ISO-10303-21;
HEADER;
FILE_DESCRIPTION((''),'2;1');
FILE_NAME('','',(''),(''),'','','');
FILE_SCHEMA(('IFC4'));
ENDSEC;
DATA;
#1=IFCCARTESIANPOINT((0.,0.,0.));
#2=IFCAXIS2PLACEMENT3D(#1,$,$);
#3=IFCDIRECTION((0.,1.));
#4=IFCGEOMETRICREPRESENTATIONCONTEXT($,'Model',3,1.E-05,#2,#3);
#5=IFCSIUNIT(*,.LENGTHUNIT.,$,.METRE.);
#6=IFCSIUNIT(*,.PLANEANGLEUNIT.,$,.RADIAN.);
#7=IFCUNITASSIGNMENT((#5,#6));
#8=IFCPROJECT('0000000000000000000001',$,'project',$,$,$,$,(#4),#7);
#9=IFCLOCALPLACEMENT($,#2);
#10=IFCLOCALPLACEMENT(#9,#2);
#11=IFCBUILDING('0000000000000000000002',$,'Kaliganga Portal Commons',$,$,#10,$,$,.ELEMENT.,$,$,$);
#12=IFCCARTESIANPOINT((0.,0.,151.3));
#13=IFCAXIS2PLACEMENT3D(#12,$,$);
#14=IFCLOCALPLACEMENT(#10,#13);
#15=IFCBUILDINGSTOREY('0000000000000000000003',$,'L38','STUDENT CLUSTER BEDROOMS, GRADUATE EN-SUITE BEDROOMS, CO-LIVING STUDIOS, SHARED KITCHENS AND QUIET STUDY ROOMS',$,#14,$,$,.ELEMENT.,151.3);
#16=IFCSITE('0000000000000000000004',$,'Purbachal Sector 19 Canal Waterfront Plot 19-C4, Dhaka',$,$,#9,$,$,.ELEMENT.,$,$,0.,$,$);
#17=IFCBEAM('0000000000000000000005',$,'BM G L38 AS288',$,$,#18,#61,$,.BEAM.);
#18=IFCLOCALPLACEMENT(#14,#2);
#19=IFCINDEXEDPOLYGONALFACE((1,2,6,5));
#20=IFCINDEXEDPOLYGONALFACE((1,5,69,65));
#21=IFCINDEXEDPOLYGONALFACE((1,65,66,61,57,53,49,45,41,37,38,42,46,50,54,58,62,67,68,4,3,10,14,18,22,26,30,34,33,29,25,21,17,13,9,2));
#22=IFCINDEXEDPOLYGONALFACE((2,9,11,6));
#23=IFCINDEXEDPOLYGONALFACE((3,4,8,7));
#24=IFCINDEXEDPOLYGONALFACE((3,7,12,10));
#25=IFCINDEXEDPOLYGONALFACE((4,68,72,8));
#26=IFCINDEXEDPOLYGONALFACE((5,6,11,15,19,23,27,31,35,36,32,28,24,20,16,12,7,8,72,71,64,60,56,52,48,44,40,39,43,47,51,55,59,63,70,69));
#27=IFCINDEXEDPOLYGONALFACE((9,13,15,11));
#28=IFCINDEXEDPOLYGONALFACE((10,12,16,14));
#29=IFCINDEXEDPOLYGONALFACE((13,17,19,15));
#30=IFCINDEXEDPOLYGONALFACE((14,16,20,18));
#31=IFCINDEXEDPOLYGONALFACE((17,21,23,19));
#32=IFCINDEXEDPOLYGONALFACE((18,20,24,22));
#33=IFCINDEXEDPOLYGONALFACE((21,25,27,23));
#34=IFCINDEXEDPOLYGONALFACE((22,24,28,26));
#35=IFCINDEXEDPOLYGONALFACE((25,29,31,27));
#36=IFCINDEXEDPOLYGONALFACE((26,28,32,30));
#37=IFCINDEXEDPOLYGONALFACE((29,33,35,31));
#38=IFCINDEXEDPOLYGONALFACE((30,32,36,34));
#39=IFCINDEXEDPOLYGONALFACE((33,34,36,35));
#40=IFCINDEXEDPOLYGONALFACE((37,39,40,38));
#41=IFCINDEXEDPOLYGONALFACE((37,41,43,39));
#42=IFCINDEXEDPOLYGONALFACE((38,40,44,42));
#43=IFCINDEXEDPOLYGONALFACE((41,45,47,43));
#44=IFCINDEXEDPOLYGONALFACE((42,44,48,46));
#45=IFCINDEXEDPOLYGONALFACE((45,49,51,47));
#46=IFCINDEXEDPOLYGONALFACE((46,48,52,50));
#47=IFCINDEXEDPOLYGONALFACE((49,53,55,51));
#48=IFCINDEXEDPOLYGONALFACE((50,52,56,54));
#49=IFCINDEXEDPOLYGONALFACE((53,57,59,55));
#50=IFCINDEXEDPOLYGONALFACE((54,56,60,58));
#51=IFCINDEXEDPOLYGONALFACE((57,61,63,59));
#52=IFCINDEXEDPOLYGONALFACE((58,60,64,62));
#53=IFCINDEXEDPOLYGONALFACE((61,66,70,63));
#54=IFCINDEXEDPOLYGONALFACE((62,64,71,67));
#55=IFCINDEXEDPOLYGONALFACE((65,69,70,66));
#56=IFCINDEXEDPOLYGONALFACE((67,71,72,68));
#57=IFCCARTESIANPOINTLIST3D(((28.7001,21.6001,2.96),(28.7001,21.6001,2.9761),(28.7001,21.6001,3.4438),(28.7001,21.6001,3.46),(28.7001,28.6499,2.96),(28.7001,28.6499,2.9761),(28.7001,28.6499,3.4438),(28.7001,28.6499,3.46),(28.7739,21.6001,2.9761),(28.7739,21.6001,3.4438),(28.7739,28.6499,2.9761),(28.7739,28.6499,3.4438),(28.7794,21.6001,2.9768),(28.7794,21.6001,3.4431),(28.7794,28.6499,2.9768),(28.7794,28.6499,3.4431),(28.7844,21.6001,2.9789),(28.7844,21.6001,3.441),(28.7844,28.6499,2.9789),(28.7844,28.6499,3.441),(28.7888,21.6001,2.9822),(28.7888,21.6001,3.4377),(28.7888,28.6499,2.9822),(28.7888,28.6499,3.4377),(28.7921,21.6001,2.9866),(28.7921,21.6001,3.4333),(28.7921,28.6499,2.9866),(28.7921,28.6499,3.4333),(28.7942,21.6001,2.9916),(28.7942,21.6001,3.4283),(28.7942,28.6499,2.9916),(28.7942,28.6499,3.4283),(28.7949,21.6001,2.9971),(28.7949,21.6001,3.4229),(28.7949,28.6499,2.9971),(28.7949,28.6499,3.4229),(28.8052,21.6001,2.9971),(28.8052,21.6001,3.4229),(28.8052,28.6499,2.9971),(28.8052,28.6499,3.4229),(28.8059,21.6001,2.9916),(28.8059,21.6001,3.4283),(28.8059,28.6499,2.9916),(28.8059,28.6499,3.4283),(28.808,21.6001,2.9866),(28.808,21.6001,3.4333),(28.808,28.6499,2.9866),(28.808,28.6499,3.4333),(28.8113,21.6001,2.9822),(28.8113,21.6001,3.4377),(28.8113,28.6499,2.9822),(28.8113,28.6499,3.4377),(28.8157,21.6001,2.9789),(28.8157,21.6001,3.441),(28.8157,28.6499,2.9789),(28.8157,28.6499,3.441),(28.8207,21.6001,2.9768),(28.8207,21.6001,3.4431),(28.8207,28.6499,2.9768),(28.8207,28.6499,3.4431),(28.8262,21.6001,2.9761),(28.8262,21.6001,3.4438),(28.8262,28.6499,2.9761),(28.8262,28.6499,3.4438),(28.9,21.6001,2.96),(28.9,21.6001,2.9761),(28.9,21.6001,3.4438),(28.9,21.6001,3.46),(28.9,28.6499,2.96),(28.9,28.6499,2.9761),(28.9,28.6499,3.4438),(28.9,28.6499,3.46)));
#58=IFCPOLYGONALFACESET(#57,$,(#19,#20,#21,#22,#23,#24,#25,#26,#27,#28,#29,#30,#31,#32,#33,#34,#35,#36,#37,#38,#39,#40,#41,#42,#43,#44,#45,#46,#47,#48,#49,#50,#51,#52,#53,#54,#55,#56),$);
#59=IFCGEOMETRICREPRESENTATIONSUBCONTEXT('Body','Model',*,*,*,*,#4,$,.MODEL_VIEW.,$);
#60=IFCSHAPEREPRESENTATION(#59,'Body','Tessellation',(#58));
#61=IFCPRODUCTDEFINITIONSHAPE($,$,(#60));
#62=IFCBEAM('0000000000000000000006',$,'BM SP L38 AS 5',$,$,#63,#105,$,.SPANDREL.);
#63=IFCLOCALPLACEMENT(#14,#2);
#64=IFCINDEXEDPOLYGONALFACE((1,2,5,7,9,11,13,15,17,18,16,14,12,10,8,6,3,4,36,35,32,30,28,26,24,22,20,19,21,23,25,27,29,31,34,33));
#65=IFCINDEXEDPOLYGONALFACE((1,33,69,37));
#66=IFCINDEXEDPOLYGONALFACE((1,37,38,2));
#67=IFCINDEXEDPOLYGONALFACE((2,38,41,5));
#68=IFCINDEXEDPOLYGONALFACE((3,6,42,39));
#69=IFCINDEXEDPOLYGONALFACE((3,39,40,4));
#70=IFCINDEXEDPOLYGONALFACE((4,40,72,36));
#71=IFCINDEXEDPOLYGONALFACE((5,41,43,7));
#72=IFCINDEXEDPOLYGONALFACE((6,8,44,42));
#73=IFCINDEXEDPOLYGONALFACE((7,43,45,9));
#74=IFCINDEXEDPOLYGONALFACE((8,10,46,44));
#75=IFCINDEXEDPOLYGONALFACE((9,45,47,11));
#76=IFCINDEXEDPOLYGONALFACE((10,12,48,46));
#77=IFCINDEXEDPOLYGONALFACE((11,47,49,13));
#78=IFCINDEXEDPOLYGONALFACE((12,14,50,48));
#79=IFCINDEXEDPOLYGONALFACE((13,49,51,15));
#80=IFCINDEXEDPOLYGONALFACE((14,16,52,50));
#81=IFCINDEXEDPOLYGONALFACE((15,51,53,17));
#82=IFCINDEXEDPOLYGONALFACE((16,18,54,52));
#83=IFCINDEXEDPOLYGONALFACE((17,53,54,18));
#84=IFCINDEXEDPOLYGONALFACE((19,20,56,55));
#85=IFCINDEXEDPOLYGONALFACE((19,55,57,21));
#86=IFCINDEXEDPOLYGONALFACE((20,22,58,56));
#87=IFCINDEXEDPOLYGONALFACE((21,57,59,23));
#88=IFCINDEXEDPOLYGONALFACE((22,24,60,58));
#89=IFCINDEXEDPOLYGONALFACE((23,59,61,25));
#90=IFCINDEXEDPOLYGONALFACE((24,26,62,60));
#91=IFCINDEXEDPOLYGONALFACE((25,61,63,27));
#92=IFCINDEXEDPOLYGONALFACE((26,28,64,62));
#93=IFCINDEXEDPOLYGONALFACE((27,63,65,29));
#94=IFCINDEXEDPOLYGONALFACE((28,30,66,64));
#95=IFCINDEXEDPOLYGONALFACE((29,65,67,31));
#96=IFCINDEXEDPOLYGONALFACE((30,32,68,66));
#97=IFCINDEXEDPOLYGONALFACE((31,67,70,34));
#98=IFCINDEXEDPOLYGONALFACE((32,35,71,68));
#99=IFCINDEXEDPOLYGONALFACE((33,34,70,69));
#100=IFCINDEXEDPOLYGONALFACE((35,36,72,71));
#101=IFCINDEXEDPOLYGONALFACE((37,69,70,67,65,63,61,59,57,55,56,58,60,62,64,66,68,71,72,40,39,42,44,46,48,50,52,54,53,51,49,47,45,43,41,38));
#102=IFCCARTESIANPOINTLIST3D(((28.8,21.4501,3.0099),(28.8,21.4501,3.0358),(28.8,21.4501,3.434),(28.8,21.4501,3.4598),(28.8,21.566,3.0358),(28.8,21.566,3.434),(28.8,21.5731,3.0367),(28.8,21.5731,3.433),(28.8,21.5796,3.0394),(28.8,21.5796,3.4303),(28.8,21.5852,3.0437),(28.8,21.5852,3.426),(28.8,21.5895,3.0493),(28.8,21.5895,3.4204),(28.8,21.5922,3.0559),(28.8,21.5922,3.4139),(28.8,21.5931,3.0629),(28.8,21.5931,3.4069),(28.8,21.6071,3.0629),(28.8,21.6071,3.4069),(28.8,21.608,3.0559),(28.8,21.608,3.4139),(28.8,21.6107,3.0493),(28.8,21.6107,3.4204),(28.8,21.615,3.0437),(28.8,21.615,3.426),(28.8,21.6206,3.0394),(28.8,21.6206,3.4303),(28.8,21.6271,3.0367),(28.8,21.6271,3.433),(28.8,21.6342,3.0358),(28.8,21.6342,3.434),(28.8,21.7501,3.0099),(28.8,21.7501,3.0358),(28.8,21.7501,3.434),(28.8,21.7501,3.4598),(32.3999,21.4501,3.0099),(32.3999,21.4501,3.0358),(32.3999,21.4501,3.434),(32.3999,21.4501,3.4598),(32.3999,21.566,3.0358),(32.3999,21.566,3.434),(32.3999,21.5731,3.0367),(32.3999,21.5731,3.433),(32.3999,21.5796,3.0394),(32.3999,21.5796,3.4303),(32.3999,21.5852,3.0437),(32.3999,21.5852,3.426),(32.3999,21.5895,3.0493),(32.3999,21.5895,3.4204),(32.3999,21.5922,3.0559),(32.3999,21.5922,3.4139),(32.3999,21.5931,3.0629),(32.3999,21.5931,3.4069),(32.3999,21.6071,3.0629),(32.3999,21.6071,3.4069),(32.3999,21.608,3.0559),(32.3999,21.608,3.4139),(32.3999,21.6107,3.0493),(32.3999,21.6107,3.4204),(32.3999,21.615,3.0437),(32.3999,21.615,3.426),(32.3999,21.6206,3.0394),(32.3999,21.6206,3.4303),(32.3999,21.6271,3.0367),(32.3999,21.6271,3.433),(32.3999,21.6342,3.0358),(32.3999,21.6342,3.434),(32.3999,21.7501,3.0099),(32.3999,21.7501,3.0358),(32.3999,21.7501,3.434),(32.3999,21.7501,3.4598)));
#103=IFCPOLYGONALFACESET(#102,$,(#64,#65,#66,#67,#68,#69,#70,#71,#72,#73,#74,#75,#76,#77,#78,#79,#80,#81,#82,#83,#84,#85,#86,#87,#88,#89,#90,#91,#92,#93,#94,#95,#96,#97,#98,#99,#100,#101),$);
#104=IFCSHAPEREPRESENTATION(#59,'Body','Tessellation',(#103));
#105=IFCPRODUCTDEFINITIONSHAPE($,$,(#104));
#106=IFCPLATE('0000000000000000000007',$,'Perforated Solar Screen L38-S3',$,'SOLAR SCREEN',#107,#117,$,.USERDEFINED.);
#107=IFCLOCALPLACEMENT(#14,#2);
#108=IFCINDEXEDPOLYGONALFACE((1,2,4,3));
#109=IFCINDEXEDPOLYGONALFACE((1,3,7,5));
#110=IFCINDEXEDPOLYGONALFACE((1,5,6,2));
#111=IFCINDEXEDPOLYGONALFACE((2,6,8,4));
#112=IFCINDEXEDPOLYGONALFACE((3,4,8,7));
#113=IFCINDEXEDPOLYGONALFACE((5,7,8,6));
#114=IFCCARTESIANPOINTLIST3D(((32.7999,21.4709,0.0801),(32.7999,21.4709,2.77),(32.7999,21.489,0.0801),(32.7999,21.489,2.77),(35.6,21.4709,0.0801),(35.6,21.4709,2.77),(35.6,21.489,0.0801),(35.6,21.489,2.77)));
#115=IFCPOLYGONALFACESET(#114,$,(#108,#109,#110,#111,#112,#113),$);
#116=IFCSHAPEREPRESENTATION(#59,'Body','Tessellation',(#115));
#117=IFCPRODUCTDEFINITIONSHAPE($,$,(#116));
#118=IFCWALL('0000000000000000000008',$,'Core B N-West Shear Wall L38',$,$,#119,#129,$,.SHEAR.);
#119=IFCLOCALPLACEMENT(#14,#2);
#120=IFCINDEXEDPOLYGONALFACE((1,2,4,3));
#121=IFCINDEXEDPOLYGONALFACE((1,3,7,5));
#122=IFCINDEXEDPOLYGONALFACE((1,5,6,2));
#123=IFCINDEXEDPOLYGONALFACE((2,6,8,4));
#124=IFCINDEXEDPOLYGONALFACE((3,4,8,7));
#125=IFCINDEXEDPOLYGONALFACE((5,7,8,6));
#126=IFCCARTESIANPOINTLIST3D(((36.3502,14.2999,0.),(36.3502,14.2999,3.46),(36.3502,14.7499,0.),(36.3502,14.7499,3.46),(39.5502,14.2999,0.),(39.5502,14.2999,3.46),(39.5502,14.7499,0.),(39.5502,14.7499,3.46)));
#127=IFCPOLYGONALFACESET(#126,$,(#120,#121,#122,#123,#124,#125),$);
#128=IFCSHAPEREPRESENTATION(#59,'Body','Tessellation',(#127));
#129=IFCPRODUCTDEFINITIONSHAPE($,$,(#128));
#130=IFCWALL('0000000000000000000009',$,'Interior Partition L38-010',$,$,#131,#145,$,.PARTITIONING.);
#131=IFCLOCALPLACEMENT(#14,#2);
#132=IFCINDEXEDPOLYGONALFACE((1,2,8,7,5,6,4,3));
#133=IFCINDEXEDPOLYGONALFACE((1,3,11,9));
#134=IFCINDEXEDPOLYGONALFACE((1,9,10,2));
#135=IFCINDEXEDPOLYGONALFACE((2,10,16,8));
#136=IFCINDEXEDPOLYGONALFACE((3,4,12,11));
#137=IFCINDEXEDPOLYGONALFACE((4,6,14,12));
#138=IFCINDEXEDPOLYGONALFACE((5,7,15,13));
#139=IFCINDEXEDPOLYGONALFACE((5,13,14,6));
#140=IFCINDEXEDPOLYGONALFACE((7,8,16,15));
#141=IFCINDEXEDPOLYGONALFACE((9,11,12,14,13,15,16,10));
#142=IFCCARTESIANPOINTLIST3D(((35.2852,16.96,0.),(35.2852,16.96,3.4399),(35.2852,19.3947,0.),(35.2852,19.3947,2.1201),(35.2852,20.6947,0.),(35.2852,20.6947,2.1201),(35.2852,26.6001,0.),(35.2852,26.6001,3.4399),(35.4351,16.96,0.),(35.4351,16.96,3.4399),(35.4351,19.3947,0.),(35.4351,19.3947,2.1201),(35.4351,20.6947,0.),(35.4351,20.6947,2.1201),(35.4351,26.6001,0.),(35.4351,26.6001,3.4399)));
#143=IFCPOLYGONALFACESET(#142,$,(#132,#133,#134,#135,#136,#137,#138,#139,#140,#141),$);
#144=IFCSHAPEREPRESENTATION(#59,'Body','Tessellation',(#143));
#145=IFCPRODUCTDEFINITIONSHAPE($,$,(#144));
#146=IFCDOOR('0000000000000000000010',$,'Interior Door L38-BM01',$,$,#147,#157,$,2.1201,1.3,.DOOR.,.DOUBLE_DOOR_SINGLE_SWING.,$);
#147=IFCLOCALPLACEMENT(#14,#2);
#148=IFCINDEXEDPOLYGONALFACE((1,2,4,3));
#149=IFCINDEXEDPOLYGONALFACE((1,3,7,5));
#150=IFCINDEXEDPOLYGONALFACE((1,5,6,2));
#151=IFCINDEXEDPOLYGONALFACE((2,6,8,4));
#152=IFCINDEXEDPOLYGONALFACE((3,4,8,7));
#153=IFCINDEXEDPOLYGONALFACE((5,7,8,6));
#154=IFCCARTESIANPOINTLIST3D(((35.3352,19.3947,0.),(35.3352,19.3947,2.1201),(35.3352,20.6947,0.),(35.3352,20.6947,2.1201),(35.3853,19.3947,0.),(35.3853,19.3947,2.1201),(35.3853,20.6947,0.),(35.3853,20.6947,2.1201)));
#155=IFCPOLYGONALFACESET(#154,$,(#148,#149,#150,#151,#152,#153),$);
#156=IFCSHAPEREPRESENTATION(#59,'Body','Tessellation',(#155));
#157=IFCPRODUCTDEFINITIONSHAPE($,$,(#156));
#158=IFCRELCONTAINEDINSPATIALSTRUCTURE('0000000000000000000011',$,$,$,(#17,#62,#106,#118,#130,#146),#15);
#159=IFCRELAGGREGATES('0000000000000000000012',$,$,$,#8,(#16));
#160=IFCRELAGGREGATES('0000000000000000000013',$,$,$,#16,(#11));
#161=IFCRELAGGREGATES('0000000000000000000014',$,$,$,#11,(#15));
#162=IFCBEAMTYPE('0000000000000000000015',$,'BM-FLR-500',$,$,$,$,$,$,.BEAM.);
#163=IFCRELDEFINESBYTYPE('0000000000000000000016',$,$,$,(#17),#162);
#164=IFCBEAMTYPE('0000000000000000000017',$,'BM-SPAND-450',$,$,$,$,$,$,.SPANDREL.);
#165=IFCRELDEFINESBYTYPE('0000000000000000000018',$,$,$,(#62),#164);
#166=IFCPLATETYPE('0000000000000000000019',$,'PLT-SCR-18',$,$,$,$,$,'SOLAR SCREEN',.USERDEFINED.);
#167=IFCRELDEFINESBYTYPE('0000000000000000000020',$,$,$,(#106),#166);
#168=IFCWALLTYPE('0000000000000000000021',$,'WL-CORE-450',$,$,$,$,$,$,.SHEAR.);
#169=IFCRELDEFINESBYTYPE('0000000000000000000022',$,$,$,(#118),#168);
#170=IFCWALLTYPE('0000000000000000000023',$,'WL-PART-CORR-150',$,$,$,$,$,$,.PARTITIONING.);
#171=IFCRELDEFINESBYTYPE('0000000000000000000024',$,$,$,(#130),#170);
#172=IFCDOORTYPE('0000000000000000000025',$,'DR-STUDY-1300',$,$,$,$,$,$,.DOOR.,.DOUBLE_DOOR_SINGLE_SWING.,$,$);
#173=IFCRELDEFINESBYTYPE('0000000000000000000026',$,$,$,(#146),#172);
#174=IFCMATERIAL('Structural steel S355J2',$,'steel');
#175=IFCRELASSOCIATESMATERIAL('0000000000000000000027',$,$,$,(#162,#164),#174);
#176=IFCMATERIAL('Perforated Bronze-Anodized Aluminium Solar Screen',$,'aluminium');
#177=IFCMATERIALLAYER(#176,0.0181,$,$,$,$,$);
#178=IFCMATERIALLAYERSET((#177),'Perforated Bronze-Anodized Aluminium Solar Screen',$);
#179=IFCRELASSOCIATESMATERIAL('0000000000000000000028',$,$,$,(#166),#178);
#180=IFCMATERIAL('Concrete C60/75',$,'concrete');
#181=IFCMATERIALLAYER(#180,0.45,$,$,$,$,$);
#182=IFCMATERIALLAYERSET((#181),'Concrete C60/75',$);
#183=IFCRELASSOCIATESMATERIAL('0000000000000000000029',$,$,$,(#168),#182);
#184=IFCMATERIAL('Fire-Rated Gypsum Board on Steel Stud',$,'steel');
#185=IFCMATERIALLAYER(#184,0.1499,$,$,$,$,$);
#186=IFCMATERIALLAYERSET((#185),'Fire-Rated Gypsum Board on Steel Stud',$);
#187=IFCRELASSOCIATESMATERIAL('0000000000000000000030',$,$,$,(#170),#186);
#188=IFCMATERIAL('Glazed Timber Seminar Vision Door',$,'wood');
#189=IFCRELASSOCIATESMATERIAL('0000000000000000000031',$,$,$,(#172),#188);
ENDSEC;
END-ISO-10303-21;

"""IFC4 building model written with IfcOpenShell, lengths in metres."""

from ifc_helpers import new_model, si_unit, direction, frame, frame_2d, origin, origin_2d, place, context, subcontext, project, spatial, rectangle, i_section, extrude, source, transform, mapped, material, layer, layer_set, material_profile, profile_set, type_object, element, fill, save


model = new_model("IFC4")

# Units and contexts
model_context = context("Model", 3, precision=1e-05, world=origin(), true_north=direction((0.0, 1.0)))
body_context = subcontext(model_context, "Body", "Model", "MODEL_VIEW")
ifc_project = project(units=[si_unit("LENGTHUNIT", "METRE"), si_unit("PLANEANGLEUNIT", "RADIAN")], contexts=[model_context])

# Site, building, storey
site_placement = place(None, origin())
site = spatial("IfcSite", under=ifc_project, at=site_placement, Name="Purbachal Sector 19 Canal Waterfront Plot 19-C4, Dhaka", CompositionType="ELEMENT", RefElevation=0.0)
building_placement = place(site_placement, origin())
building = spatial("IfcBuilding", under=site, at=building_placement, Name="Kaliganga Portal Commons", CompositionType="ELEMENT")
storey_placement = place(building_placement, frame((0.0, 0.0, 151.3)))
storey = spatial("IfcBuildingStorey", under=building, at=storey_placement, Name="L38", Description="STUDENT CLUSTER BEDROOMS, GRADUATE EN-SUITE BEDROOMS, CO-LIVING STUDIOS, SHARED KITCHENS AND QUIET STUDY ROOMS", CompositionType="ELEMENT", Elevation=151.3)

# Shared definitions
ifc_material_1 = material(Name="Concrete C60/75", Category="concrete")

# Beams
ifc_material_2 = material(Name="Structural steel S355J2", Category="steel")
ifc_material_profile_1 = material_profile(ifc_material_2, i_section(OverallWidth=0.2, OverallDepth=0.5, WebThickness=0.0103, FlangeThickness=0.0161, FilletRadius=0.021, at=origin_2d()), Name="IPE 500")
ifc_profile_set_1 = profile_set([ifc_material_profile_1], Name="Structural steel S355J2 wide-flange")
beam_type_1 = type_object("IfcBeamType", Name="BM-FLR-500", PredefinedType="BEAM", material=ifc_profile_set_1)
shared_shape_1 = source(origin(), body_context, "Body", "SweptSolid", [
    extrude(i_section(OverallWidth=0.2, OverallDepth=0.5, WebThickness=0.0103, FlangeThickness=0.0161, FilletRadius=0.021, at=origin_2d()), origin(), (0.0, 0.0, 1.0), 7.0498),
])
beam_1_placement = place(storey_placement, frame((28.8, 21.6001, 3.21), z_axis=(0.0, 1.0, 0.0), x_axis=(-1.0, 0.0, 0.0)))
element("IfcBeam", 1, at=beam_1_placement, inside=storey, type_object=beam_type_1, Name="BM G L38 AS288", PredefinedType="BEAM", context=body_context, shape_type="MappedRepresentation", body=[
    mapped(shared_shape_1, transform((0.0, 0.0, 0.0), x_axis=(1.0, 0.0, 0.0), y_axis=(0.0, 1.0, 0.0), z_axis=(0.0, 0.0, 1.0), scale=1.0)),
])
ifc_material_profile_2 = material_profile(ifc_material_2, i_section(OverallWidth=0.3, OverallDepth=0.45, WebThickness=0.0139, FlangeThickness=0.0259, FilletRadius=0.0271, at=origin_2d()), Name="HE 450 B")
ifc_profile_set_2 = profile_set([ifc_material_profile_2], Name="Structural steel S355J2 wide-flange")
beam_type_2 = type_object("IfcBeamType", Name="BM-SPAND-450", PredefinedType="SPANDREL", material=ifc_profile_set_2)
shared_shape_2 = source(origin(), body_context, "Body", "SweptSolid", [
    extrude(i_section(OverallWidth=0.3, OverallDepth=0.45, WebThickness=0.0139, FlangeThickness=0.0259, FilletRadius=0.0271, at=origin_2d()), origin(), (0.0, 0.0, 1.0), 3.5999),
])
beam_2_placement = place(storey_placement, frame((28.8, 21.6001, 3.2349), z_axis=(1.0, 0.0, 0.0), x_axis=(0.0, 1.0, 0.0)))
element("IfcBeam", 2, at=beam_2_placement, inside=storey, type_object=beam_type_2, Name="BM SP L38 AS 5", PredefinedType="SPANDREL", context=body_context, shape_type="MappedRepresentation", body=[
    mapped(shared_shape_2, transform((0.0, 0.0, 0.0), x_axis=(1.0, 0.0, 0.0), y_axis=(0.0, 1.0, 0.0), z_axis=(0.0, 0.0, 1.0), scale=1.0)),
])

# Plate
ifc_material_3 = material(Name="Perforated Bronze-Anodized Aluminium Solar Screen", Category="aluminium")
ifc_layer_1 = layer(ifc_material_3, 0.0181)
ifc_layer_set_1 = layer_set([ifc_layer_1], Name="Perforated Bronze-Anodized Aluminium Solar Screen")
plate_type = type_object("IfcPlateType", Name="PLT-SCR-18", ElementType="SOLAR SCREEN", PredefinedType="USERDEFINED", material=ifc_layer_set_1)
shared_shape_3 = source(origin(), body_context, "Body", "SweptSolid", [
    extrude(rectangle(XDim=2.8, YDim=0.0181, at=origin_2d()), origin(), (0.0, 0.0, 1.0), 2.6899),
])
plate_placement = place(storey_placement, frame((34.2, 21.48, 0.0801), z_axis=(0.0, 0.0, 1.0), x_axis=(1.0, 0.0, 0.0)))
element("IfcPlate", 3, at=plate_placement, inside=storey, type_object=plate_type, Name="Perforated Solar Screen L38-S3", ObjectType="SOLAR SCREEN", PredefinedType="USERDEFINED", context=body_context, shape_type="MappedRepresentation", body=[
    mapped(shared_shape_3, transform((0.0, 0.0, 0.0), x_axis=(1.0, 0.0, 0.0), y_axis=(0.0, 1.0, 0.0), z_axis=(0.0, 0.0, 1.0), scale=1.0)),
])

# Wall
ifc_layer_2 = layer(ifc_material_1, 0.45)
ifc_layer_set_2 = layer_set([ifc_layer_2], Name="Concrete C60/75")
wall_type_1 = type_object("IfcWallType", Name="WL-CORE-450", PredefinedType="SHEAR", material=ifc_layer_set_2)
wall_1_placement = place(storey_placement, frame((36.3501, 14.5249, 0.0), z_axis=(0.0, 0.0, 1.0), x_axis=(1.0, 0.0, 0.0)))
element("IfcWall", 4, at=wall_1_placement, inside=storey, type_object=wall_type_1, Name="Core B N-West Shear Wall L38", PredefinedType="SHEAR", context=body_context, shape_type="SweptSolid", body=[
    extrude(rectangle(XDim=3.2, YDim=0.45, at=frame_2d((1.6001, 0.0))), origin(), (0.0, 0.0, 1.0), 3.46),
])

# Wall, opening, door
ifc_material_4 = material(Name="Fire-Rated Gypsum Board on Steel Stud", Category="steel")
ifc_layer_3 = layer(ifc_material_4, 0.1499)
ifc_layer_set_3 = layer_set([ifc_layer_3], Name="Fire-Rated Gypsum Board on Steel Stud")
wall_type_2 = type_object("IfcWallType", Name="WL-PART-CORR-150", PredefinedType="PARTITIONING", material=ifc_layer_set_3)
wall_2_placement = place(storey_placement, frame((35.3601, 16.96, 0.0), z_axis=(0.0, 0.0, 1.0), x_axis=(0.0, 1.0, 0.0)))
wall_2 = element("IfcWall", 5, at=wall_2_placement, inside=storey, type_object=wall_type_2, Name="Interior Partition L38-010", PredefinedType="PARTITIONING", context=body_context, shape_type="SweptSolid", body=[
    extrude(rectangle(XDim=9.6401, YDim=0.1499, at=frame_2d((4.8201, 0.0))), origin(), (0.0, 0.0, 1.0), 3.4399),
])
opening_1_placement = place(wall_2_placement, frame((2.4348, 0.0, 0.0)))
opening_1 = element("IfcOpeningElement", 6, at=opening_1_placement, cuts=wall_2, PredefinedType="OPENING", context=body_context, shape_type="SweptSolid", body=[
    extrude(rectangle(XDim=1.3, YDim=2.1201, at=frame_2d((0.6499, 1.0601))), frame((0.0, 0.085, 0.0), z_axis=(0.0, -1.0, 0.0), x_axis=(1.0, 0.0, 0.0)), (0.0, 0.0, 1.0), 0.1699),
])
ifc_material_5 = material(Name="Glazed Timber Seminar Vision Door", Category="wood")
door_type_1 = type_object("IfcDoorType", Name="DR-STUDY-1300", OperationType="DOUBLE_DOOR_SINGLE_SWING", PredefinedType="DOOR", material=ifc_material_5)
door_1_placement = place(opening_1_placement, origin())
door_1 = element("IfcDoor", 7, at=door_1_placement, inside=storey, type_object=door_type_1, Name="Interior Door L38-BM01", OperationType="DOUBLE_DOOR_SINGLE_SWING", OverallHeight=2.1201, OverallWidth=1.3, PredefinedType="DOOR", context=body_context, shape_type="SweptSolid", body=[
    extrude(rectangle(XDim=1.3, YDim=2.1201, at=frame_2d((0.6499, 1.0601))), frame((0.0, 0.0249, 0.0), z_axis=(0.0, -1.0, 0.0), x_axis=(1.0, 0.0, 0.0)), (0.0, 0.0, 1.0), 0.05),
])
fill(opening_1, door_1)

save(model, "model.ifc")
